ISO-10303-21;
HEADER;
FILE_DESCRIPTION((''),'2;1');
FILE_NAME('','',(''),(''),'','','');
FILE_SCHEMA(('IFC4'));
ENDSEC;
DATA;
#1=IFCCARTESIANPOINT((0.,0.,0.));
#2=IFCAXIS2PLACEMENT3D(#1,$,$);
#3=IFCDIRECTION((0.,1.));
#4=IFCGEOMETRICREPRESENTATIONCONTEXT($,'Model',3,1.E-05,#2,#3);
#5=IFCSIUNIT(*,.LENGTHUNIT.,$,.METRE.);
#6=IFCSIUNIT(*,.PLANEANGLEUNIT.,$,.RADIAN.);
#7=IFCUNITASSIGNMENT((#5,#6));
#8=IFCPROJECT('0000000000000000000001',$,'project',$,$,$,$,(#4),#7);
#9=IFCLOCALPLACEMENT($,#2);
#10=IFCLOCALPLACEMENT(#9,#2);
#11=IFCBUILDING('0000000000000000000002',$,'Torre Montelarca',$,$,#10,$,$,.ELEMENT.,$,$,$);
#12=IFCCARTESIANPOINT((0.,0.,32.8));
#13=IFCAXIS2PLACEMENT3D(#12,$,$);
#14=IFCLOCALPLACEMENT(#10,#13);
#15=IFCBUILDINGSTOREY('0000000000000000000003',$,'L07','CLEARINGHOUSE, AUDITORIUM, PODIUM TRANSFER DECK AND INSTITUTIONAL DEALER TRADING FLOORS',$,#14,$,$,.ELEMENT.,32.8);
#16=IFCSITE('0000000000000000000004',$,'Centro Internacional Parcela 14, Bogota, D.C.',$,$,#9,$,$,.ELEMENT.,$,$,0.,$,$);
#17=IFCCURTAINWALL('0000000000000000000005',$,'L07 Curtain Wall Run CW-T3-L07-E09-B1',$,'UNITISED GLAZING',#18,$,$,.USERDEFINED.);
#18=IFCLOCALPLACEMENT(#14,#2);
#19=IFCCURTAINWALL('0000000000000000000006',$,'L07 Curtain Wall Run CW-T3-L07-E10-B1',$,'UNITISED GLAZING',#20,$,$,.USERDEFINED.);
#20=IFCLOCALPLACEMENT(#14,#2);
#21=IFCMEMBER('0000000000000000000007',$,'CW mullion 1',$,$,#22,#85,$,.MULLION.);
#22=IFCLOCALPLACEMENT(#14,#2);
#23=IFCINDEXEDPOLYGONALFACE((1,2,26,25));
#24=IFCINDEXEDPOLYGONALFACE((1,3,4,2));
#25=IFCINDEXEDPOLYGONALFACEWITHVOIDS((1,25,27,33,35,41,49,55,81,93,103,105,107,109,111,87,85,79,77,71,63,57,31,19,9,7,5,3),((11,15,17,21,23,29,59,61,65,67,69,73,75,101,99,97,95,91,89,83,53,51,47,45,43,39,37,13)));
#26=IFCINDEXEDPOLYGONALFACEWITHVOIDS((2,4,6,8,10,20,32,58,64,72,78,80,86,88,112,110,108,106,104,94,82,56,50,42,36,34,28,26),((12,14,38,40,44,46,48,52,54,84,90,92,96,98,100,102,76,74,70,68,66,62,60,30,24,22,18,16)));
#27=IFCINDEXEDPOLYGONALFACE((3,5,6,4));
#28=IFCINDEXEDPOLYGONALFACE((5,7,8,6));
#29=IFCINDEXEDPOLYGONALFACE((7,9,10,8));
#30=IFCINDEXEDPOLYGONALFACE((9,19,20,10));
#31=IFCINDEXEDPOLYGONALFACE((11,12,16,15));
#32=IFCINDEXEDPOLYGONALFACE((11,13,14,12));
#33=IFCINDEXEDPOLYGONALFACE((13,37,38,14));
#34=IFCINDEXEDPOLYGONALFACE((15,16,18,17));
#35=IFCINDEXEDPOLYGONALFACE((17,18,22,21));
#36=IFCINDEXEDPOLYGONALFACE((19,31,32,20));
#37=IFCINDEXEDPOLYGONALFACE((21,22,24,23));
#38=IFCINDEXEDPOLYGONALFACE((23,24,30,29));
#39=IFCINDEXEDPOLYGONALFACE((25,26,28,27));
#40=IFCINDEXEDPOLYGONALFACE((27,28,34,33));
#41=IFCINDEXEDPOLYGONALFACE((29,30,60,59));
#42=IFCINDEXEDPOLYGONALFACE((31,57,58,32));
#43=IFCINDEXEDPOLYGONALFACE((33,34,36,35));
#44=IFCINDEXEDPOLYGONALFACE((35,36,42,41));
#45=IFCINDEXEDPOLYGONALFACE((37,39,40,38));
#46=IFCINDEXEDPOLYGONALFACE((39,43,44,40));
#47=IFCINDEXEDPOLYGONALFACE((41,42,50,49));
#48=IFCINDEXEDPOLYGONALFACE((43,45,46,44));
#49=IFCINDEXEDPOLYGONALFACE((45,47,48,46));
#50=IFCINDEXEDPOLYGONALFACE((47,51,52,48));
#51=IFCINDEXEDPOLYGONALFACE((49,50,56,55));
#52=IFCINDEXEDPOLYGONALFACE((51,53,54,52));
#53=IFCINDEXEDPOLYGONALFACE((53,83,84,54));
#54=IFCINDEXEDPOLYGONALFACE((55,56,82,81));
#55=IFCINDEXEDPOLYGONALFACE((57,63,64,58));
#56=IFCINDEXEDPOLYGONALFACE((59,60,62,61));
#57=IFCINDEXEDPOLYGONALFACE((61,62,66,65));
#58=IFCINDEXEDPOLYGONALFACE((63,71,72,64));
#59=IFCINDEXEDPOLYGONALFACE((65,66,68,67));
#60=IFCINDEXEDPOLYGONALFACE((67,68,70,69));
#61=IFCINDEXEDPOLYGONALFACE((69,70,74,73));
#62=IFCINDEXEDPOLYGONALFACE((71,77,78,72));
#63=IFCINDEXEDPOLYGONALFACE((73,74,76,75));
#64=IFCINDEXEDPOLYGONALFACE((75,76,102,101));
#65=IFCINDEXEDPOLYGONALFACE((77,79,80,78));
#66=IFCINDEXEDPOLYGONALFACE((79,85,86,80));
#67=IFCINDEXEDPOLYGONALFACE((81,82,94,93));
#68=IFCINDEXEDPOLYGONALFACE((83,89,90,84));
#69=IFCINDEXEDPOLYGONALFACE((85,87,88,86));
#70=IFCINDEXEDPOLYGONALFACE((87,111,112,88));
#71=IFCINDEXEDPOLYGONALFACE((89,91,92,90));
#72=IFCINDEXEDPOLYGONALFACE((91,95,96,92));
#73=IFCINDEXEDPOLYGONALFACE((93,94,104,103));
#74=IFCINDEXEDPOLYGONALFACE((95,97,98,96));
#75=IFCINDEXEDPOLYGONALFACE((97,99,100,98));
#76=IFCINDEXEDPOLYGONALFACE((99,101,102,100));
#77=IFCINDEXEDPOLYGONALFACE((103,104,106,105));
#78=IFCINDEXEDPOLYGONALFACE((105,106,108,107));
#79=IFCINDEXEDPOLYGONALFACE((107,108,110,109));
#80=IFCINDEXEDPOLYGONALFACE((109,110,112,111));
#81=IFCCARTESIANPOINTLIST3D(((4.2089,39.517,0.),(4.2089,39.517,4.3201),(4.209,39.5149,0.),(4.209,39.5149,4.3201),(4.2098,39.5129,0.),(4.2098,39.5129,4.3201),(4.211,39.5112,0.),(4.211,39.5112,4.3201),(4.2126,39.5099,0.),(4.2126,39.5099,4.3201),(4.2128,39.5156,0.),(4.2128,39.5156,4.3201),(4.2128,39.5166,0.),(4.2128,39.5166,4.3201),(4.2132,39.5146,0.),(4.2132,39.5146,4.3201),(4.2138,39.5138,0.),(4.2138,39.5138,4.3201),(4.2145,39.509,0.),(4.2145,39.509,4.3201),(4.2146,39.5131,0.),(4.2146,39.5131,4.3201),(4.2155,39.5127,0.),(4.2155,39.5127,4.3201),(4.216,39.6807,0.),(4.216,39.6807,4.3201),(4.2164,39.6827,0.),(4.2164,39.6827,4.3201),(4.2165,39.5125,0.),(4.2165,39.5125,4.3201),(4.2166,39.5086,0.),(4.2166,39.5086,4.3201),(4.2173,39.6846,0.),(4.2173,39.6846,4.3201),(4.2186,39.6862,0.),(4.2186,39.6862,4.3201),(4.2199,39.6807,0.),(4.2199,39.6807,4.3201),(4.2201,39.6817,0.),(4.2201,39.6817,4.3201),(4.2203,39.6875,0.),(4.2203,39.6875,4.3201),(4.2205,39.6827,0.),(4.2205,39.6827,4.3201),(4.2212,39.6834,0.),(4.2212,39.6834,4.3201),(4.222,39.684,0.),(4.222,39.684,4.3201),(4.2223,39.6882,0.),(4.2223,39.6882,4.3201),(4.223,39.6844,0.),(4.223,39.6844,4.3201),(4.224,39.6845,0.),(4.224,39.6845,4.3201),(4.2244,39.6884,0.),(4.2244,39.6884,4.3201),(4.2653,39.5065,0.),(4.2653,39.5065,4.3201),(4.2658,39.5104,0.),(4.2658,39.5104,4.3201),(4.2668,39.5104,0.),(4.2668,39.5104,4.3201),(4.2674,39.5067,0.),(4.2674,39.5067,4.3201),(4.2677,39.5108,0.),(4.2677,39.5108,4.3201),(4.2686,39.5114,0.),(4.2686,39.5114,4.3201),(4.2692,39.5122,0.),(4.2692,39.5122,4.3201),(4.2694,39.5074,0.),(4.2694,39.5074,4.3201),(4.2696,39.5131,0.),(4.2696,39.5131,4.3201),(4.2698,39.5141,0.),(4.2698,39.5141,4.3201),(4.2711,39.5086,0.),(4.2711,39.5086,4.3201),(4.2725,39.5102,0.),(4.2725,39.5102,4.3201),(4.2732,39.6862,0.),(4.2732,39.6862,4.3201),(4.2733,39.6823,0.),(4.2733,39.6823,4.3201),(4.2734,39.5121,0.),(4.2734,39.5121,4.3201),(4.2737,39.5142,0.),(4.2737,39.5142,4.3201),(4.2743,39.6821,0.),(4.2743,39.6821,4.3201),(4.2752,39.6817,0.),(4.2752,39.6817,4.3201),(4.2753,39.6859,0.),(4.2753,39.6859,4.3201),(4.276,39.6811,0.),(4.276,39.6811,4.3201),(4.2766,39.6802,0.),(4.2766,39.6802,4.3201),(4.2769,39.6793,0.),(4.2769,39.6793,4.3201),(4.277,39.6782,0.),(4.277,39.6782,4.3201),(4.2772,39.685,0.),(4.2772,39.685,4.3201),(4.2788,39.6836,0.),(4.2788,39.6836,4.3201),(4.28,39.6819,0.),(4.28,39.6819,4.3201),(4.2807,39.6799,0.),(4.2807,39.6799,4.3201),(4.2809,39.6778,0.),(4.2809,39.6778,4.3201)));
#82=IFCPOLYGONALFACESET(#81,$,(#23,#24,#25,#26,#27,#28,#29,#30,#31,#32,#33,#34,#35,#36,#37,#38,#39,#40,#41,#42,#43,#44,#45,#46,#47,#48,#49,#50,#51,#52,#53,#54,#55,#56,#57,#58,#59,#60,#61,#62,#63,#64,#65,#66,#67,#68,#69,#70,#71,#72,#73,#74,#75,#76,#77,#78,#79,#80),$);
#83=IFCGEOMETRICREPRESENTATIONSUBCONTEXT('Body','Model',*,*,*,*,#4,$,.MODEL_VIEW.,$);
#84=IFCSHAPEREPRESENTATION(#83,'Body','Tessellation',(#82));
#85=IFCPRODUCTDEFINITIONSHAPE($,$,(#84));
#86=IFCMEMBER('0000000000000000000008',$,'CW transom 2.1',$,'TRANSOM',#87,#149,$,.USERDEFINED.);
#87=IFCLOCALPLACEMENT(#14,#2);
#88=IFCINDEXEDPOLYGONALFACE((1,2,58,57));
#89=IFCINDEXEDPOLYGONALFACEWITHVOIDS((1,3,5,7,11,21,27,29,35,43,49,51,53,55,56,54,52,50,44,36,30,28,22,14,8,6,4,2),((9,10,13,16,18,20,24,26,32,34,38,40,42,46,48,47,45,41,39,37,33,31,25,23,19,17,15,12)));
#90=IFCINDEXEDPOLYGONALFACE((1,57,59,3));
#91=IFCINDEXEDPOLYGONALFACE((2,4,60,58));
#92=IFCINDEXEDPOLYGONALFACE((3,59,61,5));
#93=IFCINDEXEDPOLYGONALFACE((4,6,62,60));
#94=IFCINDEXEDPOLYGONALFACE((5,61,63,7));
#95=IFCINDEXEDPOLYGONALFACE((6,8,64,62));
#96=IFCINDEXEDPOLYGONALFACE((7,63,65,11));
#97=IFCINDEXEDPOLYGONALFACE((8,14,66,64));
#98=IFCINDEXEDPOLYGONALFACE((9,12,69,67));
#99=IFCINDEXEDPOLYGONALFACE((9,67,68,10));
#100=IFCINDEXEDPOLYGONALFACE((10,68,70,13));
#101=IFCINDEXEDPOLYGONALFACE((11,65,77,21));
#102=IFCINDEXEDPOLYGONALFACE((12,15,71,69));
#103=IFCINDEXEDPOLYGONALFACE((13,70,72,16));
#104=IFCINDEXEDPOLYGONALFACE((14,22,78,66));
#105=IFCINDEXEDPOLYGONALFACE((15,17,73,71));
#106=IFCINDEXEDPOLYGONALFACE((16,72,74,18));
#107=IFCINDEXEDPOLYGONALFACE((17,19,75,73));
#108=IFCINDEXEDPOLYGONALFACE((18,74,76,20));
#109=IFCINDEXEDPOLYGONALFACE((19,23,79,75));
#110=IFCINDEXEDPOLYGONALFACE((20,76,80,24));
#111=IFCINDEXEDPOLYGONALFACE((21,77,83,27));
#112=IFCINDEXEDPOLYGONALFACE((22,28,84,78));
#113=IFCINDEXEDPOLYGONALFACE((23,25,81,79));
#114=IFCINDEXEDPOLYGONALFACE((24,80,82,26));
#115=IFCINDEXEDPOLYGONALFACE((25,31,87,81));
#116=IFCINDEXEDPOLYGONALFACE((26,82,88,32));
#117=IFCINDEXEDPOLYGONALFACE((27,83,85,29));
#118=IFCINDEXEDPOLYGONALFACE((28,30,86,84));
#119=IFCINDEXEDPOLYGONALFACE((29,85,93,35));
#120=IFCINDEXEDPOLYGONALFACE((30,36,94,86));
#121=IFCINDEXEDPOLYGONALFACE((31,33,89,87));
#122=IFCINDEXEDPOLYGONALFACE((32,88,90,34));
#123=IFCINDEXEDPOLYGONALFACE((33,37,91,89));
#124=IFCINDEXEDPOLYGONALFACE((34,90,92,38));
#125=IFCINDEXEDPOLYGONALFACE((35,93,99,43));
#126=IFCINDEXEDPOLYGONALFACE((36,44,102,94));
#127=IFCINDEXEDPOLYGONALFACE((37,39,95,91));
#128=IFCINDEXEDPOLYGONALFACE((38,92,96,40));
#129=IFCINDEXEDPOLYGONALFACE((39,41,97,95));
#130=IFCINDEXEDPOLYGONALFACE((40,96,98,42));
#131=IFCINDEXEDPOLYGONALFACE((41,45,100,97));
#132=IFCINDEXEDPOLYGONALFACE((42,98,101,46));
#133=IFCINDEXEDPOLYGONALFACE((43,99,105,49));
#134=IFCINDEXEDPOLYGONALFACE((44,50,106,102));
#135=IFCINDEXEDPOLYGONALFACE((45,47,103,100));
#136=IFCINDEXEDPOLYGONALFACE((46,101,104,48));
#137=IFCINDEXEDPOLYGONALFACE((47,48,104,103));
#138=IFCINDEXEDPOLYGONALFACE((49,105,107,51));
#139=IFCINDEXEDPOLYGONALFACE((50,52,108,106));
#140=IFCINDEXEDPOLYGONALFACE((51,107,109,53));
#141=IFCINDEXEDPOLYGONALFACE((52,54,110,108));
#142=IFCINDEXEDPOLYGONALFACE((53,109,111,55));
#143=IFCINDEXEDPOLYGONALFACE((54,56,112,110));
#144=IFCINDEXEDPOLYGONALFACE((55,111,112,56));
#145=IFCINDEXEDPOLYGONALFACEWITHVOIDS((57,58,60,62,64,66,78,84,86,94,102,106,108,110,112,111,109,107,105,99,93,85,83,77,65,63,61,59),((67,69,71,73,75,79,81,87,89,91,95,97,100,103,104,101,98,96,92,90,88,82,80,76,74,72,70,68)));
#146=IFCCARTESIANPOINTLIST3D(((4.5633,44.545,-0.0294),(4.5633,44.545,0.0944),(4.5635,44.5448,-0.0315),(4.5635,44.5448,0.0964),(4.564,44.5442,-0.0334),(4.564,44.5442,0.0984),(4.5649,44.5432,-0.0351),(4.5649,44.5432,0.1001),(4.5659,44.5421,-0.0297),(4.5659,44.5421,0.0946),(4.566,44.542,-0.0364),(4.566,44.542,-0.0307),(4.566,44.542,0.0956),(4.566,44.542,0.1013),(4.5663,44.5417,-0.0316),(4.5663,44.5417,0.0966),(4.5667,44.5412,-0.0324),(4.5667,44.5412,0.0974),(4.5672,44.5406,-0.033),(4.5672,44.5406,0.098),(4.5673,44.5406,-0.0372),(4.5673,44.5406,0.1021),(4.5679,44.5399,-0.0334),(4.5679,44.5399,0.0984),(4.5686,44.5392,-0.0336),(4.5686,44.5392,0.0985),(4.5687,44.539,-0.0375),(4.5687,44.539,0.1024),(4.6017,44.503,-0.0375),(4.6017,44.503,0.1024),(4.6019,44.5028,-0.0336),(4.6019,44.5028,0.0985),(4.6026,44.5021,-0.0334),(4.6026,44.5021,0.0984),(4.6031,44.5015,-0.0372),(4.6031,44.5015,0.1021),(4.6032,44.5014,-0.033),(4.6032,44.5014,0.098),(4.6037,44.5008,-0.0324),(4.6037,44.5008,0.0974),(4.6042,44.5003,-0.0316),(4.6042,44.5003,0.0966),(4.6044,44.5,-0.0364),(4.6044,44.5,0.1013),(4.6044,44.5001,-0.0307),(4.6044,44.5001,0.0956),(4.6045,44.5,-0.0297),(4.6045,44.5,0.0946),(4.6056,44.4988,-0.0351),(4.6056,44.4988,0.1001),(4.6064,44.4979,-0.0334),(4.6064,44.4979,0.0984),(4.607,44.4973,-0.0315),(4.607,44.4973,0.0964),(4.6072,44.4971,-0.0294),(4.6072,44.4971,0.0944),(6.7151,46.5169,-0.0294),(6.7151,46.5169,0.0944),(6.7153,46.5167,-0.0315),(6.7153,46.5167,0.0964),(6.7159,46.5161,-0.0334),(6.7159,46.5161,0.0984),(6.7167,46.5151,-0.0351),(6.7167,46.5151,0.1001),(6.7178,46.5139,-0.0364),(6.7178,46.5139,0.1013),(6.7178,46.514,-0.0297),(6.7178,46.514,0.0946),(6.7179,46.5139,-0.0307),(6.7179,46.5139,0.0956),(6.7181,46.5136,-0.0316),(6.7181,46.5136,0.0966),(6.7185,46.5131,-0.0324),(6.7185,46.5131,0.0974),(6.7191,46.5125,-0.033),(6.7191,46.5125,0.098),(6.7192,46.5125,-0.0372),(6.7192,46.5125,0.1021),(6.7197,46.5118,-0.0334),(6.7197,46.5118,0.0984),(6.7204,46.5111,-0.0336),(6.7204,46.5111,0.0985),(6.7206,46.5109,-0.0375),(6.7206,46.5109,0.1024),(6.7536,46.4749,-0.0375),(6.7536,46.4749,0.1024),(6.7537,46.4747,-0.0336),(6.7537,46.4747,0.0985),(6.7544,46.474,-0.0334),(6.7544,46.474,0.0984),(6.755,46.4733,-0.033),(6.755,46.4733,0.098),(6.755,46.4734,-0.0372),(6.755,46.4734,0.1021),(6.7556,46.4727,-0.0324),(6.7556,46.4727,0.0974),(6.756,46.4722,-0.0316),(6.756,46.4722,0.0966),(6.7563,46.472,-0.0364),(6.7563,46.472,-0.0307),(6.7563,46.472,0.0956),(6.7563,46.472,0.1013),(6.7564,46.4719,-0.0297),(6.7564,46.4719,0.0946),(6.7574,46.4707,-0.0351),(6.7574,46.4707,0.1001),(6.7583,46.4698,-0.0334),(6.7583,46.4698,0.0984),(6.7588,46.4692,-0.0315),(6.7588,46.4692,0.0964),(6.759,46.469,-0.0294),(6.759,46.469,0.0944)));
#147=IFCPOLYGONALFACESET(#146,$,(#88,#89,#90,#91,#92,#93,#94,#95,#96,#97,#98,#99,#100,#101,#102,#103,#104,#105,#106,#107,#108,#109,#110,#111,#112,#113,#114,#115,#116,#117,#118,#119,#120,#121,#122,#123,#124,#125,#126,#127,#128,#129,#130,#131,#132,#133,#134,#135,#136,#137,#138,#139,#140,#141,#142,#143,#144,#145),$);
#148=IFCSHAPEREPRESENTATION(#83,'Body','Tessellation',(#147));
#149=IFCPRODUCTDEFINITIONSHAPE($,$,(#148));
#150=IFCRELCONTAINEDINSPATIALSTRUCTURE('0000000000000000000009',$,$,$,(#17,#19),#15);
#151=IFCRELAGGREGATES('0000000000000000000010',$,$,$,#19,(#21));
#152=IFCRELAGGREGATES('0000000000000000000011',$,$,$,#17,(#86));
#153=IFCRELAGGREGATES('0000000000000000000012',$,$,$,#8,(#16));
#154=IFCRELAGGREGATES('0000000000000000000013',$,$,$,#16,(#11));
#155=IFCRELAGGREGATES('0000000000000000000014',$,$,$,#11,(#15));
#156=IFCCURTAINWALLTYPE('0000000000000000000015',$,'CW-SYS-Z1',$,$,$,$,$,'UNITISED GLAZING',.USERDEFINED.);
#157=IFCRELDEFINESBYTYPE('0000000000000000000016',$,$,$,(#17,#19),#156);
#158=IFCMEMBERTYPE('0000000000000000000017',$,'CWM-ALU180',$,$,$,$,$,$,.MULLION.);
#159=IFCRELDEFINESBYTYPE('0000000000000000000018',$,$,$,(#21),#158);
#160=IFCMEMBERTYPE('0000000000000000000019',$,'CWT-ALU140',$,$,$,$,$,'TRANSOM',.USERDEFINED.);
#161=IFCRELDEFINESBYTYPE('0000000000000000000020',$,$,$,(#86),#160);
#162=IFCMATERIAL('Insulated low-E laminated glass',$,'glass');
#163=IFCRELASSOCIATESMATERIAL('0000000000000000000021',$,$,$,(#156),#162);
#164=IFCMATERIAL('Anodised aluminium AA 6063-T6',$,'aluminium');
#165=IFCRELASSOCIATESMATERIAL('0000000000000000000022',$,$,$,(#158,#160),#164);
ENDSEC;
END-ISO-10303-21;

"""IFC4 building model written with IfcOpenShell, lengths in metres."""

from ifc_helpers import new_model, si_unit, direction, frame, origin, origin_2d, place, context, subcontext, project, spatial, hollow_rectangle, extrude, source, transform, mapped, material, material_profile, profile_set, type_object, element, aggregate, save


model = new_model("IFC4")

# Units and contexts
model_context = context("Model", 3, precision=1e-05, world=origin(), true_north=direction((0.0, 1.0)))
body_context = subcontext(model_context, "Body", "Model", "MODEL_VIEW")
ifc_project = project(units=[si_unit("LENGTHUNIT", "METRE"), si_unit("PLANEANGLEUNIT", "RADIAN")], contexts=[model_context])

# Site, building, storey
site_placement = place(None, origin())
site = spatial("IfcSite", under=ifc_project, at=site_placement, Name="Centro Internacional Parcela 14, Bogota, D.C.", CompositionType="ELEMENT", RefElevation=0.0)
building_placement = place(site_placement, origin())
building = spatial("IfcBuilding", under=site, at=building_placement, Name="Torre Montelarca", CompositionType="ELEMENT")
storey_placement = place(building_placement, frame((0.0, 0.0, 32.8)))
storey = spatial("IfcBuildingStorey", under=building, at=storey_placement, Name="L07", Description="CLEARINGHOUSE, AUDITORIUM, PODIUM TRANSFER DECK AND INSTITUTIONAL DEALER TRADING FLOORS", CompositionType="ELEMENT", Elevation=32.8)

# Curtain wall
ifc_material_1 = material(Name="Insulated low-E laminated glass", Category="glass")
curtain_wall_type = type_object("IfcCurtainWallType", Name="CW-SYS-Z1", ElementType="UNITISED GLAZING", PredefinedType="USERDEFINED", material=ifc_material_1)
curtain_wall_1_placement = place(storey_placement, origin())
curtain_wall_1 = element("IfcCurtainWall", 1, at=curtain_wall_1_placement, inside=storey, type_object=curtain_wall_type, Name="L07 Curtain Wall Run CW-T3-L07-E09-B1", ObjectType="UNITISED GLAZING", PredefinedType="USERDEFINED")
ifc_material_2 = material(Name="Anodised aluminium AA 6063-T6", Category="aluminium")
ifc_material_profile_1 = material_profile(ifc_material_2, hollow_rectangle(XDim=0.0649, YDim=0.1799, WallThickness=0.0039, InnerFilletRadius=0.0039, OuterFilletRadius=0.0081, at=origin_2d()), Name="ALU65X180X4", Category="aluminium")
ifc_profile_set_1 = profile_set([ifc_material_profile_1], Name="Anodised aluminium AA 6063-T6")
member_type_1 = type_object("IfcMemberType", Name="CWM-ALU180", PredefinedType="MULLION", material=ifc_profile_set_1)
shared_shape_1 = source(origin(), body_context, "Body", "SweptSolid", [
    extrude(hollow_rectangle(XDim=0.0649, YDim=0.1799, WallThickness=0.0039, InnerFilletRadius=0.0039, OuterFilletRadius=0.0081, at=origin_2d()), origin(), (0.0, 0.0, 1.0), 4.3201),
])

# Curtain wall, member
curtain_wall_2_placement = place(storey_placement, origin())
curtain_wall_2 = element("IfcCurtainWall", 2, at=curtain_wall_2_placement, inside=storey, type_object=curtain_wall_type, Name="L07 Curtain Wall Run CW-T3-L07-E10-B1", ObjectType="UNITISED GLAZING", PredefinedType="USERDEFINED")
member_1_placement = place(storey_placement, frame((4.2449, 39.5974, 0.0), z_axis=(0.0, 0.0, 1.0), x_axis=(0.999048, -0.043623, 0.0)))
member_1 = element("IfcMember", 3, at=member_1_placement, type_object=member_type_1, Name="CW mullion 1", PredefinedType="MULLION", context=body_context, shape_type="MappedRepresentation", body=[
    mapped(shared_shape_1, transform((0.0, 0.0, 0.0), scale=1.0)),
])

# Member
ifc_material_profile_2 = material_profile(ifc_material_2, hollow_rectangle(XDim=0.0649, YDim=0.1399, WallThickness=0.0039, InnerFilletRadius=0.0039, OuterFilletRadius=0.0081, at=origin_2d()), Name="ALU65X140X4", Category="aluminium")
ifc_profile_set_2 = profile_set([ifc_material_profile_2], Name="Anodised aluminium AA 6063-T6")
member_type_2 = type_object("IfcMemberType", Name="CWT-ALU140", ElementType="TRANSOM", PredefinedType="USERDEFINED", material=ifc_profile_set_2)
shared_shape_2 = source(origin(), body_context, "Body", "SweptSolid", [
    extrude(hollow_rectangle(XDim=0.0649, YDim=0.1399, WallThickness=0.0039, InnerFilletRadius=0.0039, OuterFilletRadius=0.0081, at=origin_2d()), origin(), (0.0, 0.0, 1.0), 2.9187),
])
member_2_placement = place(storey_placement, frame((6.7371, 46.4929, 0.0325), z_axis=(-0.737258, -0.675611, 0.0), x_axis=(0.675611, -0.737258, 0.0)))
member_2 = element("IfcMember", 4, at=member_2_placement, type_object=member_type_2, Name="CW transom 2.1", ObjectType="TRANSOM", PredefinedType="USERDEFINED", context=body_context, shape_type="MappedRepresentation", body=[
    mapped(shared_shape_2, transform((0.0, 0.0, 0.0), scale=1.0)),
])
aggregate(curtain_wall_2, [member_1])

aggregate(curtain_wall_1, [member_2])

save(model, "model.ifc")
